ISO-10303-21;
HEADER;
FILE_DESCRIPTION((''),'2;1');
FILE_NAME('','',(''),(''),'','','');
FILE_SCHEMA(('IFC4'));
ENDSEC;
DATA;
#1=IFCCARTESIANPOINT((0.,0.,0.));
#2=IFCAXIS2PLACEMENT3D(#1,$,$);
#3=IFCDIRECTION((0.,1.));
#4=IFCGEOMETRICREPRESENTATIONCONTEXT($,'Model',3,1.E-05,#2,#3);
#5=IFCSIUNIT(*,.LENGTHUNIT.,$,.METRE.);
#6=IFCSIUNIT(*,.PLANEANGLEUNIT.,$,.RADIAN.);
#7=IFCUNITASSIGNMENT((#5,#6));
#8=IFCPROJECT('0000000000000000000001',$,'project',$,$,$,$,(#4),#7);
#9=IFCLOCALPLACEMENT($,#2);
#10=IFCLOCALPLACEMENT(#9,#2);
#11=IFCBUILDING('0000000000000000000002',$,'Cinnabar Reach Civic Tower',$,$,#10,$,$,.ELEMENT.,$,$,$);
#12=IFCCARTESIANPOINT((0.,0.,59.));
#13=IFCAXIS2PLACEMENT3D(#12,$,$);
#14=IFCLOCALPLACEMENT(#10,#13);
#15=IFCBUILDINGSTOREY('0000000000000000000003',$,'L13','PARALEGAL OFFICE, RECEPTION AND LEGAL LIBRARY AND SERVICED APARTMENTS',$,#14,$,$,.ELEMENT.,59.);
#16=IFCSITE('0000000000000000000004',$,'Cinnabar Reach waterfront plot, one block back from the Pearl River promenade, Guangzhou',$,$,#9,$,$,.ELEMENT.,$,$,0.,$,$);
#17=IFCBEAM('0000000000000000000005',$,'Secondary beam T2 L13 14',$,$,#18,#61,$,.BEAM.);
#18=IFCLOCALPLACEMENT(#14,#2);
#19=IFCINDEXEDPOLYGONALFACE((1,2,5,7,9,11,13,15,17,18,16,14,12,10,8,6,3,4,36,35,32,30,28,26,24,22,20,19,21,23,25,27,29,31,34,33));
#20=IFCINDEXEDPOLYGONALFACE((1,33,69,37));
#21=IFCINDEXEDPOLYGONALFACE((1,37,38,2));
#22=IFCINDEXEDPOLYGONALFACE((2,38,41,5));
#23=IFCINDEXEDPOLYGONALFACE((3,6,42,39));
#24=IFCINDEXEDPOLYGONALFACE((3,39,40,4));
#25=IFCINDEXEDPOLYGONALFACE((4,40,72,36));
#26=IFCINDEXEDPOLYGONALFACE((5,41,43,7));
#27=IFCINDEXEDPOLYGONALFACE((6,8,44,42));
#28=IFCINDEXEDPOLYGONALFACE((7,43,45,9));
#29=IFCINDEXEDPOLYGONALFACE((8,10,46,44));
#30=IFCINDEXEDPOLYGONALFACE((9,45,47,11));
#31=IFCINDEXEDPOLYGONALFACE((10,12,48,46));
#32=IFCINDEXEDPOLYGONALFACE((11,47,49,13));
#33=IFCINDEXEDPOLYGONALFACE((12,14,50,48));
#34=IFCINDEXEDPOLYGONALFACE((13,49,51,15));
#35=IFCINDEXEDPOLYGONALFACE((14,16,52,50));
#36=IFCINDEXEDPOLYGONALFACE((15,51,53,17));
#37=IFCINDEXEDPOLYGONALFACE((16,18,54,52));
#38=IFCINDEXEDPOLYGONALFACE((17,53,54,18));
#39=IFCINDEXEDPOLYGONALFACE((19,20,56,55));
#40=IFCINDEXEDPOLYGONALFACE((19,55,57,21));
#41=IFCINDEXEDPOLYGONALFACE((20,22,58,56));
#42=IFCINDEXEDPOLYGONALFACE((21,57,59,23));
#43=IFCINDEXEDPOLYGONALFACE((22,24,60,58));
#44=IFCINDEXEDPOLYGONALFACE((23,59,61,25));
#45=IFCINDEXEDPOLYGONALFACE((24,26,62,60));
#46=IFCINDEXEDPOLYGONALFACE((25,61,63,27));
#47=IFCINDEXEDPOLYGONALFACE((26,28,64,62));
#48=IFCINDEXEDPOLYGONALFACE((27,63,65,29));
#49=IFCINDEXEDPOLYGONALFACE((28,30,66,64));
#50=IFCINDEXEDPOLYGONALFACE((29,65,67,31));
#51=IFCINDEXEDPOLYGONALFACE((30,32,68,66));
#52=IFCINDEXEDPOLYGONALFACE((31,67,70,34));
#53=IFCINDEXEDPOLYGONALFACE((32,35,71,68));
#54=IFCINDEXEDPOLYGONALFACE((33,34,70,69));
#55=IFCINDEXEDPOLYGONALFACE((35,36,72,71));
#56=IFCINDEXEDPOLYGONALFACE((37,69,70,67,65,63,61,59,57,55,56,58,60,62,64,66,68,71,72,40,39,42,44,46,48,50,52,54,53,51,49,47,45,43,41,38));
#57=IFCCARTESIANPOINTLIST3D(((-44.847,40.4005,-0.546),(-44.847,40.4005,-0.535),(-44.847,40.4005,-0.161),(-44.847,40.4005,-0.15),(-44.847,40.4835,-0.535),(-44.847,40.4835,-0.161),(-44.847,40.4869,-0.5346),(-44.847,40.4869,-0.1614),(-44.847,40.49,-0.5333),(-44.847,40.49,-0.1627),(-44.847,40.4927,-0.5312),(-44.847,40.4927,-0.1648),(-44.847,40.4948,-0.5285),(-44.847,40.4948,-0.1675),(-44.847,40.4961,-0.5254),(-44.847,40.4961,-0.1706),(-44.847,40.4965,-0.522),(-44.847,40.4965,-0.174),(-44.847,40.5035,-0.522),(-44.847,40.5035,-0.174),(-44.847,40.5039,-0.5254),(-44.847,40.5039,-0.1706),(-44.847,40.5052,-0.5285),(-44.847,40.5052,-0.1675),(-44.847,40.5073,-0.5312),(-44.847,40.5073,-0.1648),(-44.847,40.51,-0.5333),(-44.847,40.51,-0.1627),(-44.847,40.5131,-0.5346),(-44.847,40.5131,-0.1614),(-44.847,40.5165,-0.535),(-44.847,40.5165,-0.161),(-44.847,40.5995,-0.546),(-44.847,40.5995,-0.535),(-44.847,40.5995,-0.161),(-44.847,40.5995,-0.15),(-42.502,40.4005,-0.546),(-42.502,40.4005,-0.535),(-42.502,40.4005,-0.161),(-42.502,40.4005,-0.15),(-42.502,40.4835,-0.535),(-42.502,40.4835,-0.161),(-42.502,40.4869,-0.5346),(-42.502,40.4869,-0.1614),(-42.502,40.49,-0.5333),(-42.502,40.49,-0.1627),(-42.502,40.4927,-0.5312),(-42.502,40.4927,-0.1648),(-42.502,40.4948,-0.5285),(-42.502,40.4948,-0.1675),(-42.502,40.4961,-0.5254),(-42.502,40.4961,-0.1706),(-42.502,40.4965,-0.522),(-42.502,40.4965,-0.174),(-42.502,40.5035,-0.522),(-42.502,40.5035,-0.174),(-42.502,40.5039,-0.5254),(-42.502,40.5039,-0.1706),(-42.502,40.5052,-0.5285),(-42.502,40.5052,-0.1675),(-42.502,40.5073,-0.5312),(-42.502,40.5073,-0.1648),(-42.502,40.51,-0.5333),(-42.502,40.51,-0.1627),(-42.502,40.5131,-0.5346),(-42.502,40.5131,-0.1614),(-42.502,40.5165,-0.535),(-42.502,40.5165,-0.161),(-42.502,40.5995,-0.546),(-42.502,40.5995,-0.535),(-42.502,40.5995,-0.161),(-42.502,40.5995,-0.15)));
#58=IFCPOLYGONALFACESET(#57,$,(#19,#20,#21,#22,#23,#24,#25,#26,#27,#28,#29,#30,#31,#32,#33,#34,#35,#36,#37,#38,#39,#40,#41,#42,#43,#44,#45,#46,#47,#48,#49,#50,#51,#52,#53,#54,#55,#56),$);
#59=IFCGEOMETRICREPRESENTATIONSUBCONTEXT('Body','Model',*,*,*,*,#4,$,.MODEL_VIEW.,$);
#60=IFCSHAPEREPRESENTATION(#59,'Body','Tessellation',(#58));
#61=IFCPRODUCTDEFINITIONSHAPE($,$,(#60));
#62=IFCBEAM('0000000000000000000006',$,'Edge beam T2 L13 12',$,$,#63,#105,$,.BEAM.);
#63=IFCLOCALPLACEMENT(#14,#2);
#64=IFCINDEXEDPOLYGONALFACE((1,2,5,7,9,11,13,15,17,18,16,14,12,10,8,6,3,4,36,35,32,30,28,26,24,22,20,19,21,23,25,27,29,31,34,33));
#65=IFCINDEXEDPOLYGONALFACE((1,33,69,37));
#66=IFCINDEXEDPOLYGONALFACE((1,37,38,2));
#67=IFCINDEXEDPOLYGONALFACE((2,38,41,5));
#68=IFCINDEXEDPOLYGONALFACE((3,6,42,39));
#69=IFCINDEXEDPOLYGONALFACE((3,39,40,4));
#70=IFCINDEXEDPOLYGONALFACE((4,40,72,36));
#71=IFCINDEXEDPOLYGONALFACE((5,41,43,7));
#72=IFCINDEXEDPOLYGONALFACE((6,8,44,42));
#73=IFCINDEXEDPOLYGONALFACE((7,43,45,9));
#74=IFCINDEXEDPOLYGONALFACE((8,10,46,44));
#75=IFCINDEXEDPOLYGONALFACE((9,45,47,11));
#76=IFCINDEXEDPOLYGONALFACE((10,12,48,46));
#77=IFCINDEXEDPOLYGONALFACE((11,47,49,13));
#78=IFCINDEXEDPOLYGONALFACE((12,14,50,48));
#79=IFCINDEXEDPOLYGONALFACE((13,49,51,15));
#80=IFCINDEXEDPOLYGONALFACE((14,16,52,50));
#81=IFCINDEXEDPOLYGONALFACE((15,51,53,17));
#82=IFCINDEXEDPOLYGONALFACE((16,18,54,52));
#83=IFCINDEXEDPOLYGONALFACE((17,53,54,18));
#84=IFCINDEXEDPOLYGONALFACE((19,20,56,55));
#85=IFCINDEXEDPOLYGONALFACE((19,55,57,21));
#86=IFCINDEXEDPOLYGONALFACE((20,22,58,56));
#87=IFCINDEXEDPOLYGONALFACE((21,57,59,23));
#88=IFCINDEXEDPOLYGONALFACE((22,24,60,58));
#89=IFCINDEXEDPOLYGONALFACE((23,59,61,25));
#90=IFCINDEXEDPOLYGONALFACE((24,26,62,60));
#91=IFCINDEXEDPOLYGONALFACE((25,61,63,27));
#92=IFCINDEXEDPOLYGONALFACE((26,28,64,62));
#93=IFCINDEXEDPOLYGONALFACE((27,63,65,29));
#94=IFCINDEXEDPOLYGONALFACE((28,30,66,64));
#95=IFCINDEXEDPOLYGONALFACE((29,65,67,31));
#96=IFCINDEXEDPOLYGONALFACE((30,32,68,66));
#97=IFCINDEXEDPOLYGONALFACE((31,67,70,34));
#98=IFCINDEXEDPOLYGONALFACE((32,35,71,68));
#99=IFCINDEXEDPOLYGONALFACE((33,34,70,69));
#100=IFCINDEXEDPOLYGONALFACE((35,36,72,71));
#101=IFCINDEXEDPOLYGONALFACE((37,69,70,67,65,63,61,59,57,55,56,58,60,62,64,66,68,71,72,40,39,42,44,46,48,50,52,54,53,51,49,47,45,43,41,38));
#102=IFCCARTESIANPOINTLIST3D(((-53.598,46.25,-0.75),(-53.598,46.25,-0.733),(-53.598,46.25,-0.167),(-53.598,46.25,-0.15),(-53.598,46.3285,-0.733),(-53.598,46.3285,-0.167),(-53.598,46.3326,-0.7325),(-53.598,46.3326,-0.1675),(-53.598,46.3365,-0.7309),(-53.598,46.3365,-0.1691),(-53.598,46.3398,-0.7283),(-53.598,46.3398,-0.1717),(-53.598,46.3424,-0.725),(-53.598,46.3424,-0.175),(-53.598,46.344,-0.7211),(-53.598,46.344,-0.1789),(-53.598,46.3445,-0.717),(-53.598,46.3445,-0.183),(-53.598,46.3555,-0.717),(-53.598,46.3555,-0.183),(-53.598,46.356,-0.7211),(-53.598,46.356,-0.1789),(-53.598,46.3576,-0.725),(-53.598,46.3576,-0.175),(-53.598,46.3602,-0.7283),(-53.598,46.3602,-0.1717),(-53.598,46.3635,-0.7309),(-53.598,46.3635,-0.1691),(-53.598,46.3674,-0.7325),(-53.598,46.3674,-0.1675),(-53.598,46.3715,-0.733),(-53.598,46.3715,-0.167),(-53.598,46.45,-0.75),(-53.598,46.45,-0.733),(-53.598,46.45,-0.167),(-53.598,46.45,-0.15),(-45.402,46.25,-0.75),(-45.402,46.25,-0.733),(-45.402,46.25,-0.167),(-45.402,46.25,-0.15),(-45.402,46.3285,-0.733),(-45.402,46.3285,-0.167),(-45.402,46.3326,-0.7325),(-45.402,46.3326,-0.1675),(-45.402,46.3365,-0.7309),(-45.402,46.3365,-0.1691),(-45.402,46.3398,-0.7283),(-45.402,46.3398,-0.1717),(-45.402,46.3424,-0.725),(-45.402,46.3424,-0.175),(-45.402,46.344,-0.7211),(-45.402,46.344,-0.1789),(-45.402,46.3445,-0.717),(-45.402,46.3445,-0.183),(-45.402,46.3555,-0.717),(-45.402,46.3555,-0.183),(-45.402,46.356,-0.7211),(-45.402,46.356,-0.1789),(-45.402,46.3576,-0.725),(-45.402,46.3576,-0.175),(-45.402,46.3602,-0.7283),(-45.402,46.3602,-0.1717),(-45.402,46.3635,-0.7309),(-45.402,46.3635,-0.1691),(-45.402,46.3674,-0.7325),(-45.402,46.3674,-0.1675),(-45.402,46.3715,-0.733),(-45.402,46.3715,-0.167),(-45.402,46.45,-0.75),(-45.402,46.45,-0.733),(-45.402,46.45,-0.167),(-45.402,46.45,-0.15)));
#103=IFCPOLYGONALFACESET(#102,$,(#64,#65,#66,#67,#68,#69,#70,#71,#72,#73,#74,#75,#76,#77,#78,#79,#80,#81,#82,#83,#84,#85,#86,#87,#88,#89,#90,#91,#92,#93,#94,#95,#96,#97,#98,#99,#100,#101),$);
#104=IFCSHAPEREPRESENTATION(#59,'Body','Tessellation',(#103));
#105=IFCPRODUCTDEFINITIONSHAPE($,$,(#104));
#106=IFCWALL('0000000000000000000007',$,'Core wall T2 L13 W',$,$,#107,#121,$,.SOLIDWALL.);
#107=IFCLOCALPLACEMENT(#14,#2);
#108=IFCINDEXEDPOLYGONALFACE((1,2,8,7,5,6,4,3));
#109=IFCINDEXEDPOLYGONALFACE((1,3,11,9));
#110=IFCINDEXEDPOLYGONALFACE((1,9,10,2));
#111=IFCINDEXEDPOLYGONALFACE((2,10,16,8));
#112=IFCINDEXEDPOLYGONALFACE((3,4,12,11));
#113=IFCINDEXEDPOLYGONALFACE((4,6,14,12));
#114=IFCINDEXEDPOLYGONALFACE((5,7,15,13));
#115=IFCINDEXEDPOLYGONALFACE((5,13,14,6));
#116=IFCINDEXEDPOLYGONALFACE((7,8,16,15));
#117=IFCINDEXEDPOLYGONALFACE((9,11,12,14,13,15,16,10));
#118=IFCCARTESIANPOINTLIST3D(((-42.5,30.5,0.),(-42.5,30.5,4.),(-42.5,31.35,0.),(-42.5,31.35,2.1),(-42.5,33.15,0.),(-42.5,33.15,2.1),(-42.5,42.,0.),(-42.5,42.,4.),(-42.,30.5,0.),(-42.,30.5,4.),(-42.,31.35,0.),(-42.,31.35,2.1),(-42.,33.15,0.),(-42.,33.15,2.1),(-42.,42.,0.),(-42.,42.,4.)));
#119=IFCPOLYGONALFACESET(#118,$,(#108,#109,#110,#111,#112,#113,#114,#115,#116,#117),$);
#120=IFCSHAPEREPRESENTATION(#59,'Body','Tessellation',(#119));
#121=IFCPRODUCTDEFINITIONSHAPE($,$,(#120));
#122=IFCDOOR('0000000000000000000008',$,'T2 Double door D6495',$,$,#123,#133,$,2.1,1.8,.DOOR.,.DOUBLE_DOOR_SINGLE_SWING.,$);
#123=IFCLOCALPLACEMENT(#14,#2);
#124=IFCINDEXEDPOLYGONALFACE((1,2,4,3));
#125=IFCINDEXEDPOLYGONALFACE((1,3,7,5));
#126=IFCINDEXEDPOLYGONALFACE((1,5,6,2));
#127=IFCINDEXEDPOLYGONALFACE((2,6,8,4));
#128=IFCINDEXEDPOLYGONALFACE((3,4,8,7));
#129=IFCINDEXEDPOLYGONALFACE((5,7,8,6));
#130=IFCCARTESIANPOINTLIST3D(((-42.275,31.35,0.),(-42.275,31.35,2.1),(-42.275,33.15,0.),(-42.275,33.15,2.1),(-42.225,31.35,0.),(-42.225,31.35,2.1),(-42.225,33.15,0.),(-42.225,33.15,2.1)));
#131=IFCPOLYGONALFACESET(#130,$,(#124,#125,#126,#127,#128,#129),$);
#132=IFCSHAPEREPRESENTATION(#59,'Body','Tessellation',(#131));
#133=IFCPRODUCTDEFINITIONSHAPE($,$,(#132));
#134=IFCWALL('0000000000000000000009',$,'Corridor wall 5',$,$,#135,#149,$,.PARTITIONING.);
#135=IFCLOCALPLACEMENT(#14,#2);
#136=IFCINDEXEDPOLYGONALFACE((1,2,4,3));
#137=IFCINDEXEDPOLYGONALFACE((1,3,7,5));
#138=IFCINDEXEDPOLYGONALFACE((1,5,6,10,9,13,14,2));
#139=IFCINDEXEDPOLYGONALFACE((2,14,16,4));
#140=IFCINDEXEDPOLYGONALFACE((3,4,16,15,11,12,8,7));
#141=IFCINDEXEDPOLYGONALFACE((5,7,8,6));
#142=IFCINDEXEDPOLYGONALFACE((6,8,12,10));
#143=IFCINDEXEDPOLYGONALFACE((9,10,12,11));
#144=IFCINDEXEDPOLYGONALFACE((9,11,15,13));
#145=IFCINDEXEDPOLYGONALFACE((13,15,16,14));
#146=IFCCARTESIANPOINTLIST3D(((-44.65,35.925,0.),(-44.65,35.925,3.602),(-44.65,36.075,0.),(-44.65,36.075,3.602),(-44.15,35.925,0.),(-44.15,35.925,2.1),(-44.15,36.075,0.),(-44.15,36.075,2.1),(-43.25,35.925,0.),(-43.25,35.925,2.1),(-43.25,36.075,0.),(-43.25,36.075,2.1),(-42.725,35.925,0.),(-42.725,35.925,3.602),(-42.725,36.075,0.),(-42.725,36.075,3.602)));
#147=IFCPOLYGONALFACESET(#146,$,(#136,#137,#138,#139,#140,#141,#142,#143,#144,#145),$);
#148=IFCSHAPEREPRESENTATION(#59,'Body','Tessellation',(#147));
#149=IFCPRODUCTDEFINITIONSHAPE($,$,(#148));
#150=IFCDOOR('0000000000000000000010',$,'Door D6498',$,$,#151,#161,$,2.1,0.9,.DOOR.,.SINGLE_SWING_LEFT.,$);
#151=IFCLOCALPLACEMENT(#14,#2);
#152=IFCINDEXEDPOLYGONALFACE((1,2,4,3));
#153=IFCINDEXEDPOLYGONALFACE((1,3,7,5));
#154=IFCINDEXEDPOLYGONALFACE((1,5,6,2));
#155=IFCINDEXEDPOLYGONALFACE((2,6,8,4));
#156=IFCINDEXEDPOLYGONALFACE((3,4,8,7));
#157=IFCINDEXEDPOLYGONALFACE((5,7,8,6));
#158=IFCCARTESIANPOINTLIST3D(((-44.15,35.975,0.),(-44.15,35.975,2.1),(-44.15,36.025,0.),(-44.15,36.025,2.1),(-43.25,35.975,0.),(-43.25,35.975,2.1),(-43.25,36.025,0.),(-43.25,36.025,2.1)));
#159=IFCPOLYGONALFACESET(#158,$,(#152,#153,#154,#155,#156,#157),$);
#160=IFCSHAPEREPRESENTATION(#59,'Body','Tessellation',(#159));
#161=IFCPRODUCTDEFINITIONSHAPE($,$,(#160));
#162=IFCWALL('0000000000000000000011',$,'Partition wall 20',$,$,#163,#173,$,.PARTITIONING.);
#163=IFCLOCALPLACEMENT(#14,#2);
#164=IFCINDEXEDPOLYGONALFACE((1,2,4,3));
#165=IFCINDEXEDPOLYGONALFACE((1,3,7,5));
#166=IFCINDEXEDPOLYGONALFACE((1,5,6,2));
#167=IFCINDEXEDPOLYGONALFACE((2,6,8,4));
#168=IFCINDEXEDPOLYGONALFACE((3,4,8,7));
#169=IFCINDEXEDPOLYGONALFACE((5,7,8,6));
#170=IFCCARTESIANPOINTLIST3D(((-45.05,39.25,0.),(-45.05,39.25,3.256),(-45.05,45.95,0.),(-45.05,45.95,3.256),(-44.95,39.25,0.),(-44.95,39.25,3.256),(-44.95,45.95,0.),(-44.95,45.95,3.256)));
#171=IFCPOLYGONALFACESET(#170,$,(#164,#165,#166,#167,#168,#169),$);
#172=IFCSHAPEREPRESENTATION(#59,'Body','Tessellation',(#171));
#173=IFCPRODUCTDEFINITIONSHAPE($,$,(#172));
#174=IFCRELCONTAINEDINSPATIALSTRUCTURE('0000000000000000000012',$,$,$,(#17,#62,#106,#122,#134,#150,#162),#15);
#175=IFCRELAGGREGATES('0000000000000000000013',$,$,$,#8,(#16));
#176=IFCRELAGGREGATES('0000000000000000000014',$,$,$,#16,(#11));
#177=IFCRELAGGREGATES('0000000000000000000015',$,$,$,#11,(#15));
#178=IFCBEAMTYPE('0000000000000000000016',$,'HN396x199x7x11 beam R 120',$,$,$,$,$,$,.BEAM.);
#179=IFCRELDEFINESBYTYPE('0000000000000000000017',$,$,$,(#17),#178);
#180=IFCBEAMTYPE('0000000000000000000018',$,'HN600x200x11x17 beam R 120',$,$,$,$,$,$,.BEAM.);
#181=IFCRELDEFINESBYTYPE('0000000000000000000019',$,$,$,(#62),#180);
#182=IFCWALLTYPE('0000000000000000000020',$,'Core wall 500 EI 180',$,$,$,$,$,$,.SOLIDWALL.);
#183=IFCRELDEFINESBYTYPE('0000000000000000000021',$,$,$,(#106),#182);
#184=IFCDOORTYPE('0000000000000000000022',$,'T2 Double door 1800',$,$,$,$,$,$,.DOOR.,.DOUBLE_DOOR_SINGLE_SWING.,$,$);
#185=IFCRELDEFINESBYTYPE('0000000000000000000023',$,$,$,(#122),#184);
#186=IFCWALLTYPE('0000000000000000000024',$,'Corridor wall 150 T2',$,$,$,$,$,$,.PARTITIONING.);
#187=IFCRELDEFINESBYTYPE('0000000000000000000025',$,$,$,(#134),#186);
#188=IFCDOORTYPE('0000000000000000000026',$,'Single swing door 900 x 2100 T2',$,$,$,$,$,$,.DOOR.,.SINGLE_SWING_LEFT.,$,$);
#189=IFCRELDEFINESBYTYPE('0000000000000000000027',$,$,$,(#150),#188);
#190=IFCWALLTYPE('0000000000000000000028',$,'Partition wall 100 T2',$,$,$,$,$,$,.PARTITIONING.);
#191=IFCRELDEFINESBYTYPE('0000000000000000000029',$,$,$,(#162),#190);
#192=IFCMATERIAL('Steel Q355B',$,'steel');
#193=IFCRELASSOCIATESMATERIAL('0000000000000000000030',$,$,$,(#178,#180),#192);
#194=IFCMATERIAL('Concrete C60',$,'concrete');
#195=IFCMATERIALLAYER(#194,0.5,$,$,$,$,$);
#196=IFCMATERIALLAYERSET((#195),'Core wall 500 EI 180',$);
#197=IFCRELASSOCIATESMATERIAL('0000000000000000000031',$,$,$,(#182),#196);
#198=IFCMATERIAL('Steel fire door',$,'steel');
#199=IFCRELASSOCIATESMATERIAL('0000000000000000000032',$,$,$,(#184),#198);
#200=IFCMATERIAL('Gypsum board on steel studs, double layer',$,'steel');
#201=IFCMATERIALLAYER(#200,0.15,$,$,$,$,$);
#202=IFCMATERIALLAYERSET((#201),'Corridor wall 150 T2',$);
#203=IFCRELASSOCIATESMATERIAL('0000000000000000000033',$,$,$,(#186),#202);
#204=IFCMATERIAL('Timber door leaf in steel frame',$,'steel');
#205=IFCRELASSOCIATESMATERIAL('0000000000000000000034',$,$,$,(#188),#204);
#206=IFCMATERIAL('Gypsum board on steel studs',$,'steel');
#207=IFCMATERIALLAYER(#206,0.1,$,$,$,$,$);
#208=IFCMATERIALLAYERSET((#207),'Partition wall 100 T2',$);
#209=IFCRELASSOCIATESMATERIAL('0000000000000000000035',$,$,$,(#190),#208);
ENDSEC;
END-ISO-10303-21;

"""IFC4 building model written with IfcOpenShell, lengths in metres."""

from ifc_helpers import new_model, si_unit, direction, frame, frame_2d, origin, origin_2d, place, context, subcontext, project, spatial, rectangle, i_section, extrude, material, layer, layer_set, material_profile, profile_set, type_object, element, fill, save


model = new_model("IFC4")

# Units and contexts
model_context = context("Model", 3, precision=1e-05, world=origin(), true_north=direction((0.0, 1.0)))
body_context = subcontext(model_context, "Body", "Model", "MODEL_VIEW")
ifc_project = project(units=[si_unit("LENGTHUNIT", "METRE"), si_unit("PLANEANGLEUNIT", "RADIAN")], contexts=[model_context])

# Site, building, storey
site_placement = place(None, origin())
site = spatial("IfcSite", under=ifc_project, at=site_placement, Name="Cinnabar Reach waterfront plot, one block back from the Pearl River promenade, Guangzhou", CompositionType="ELEMENT", RefElevation=0.0)
building_placement = place(site_placement, origin())
building = spatial("IfcBuilding", under=site, at=building_placement, Name="Cinnabar Reach Civic Tower", CompositionType="ELEMENT")
storey_placement = place(building_placement, frame((0.0, 0.0, 59.0)))
storey = spatial("IfcBuildingStorey", under=building, at=storey_placement, Name="L13", Description="PARALEGAL OFFICE, RECEPTION AND LEGAL LIBRARY AND SERVICED APARTMENTS", CompositionType="ELEMENT", Elevation=59.0)

# Shared definitions
ifc_material_1 = material(Name="Concrete C60", Category="concrete")

# Beams
ifc_material_2 = material(Name="Steel Q355B", Category="steel")
ifc_material_profile_1 = material_profile(ifc_material_2, i_section(OverallWidth=0.199, OverallDepth=0.396, WebThickness=0.007, FlangeThickness=0.011, FilletRadius=0.013, at=origin_2d()), Name="HN396x199x7x11")
ifc_profile_set_1 = profile_set([ifc_material_profile_1], Name="Steel Q355B")
beam_type_1 = type_object("IfcBeamType", Name="HN396x199x7x11 beam R 120", PredefinedType="BEAM", material=ifc_profile_set_1)
for number, where, z_axis, x_axis, name in (
    (1, (-44.847, 40.5, -0.348), (1.0, 0.0, 0.0), (0.0, 1.0, 0.0), "Secondary beam T2 L13 14"),
):
    element("IfcBeam", number, at=place(storey_placement, frame(where, z_axis=z_axis, x_axis=x_axis)), inside=storey, type_object=beam_type_1, Name=name, PredefinedType="BEAM", context=body_context, shape_type="SweptSolid", body=[
        extrude(i_section(OverallWidth=0.199, OverallDepth=0.396, WebThickness=0.007, FlangeThickness=0.011, FilletRadius=0.013, at=origin_2d()), origin(), (0.0, 0.0, 1.0), 2.345),
    ])
ifc_material_profile_2 = material_profile(ifc_material_2, i_section(OverallWidth=0.2, OverallDepth=0.6, WebThickness=0.011, FlangeThickness=0.017, FilletRadius=0.016, at=origin_2d()), Name="HN600x200x11x17")
ifc_profile_set_2 = profile_set([ifc_material_profile_2], Name="Steel Q355B")
beam_type_2 = type_object("IfcBeamType", Name="HN600x200x11x17 beam R 120", PredefinedType="BEAM", material=ifc_profile_set_2)
beam_1_placement = place(storey_placement, frame((-45.402, 46.35, -0.45), z_axis=(-1.0, 0.0, 0.0), x_axis=(0.0, -1.0, 0.0)))
element("IfcBeam", 2, at=beam_1_placement, inside=storey, type_object=beam_type_2, Name="Edge beam T2 L13 12", PredefinedType="BEAM", context=body_context, shape_type="SweptSolid", body=[
    extrude(i_section(OverallWidth=0.2, OverallDepth=0.6, WebThickness=0.011, FlangeThickness=0.017, FilletRadius=0.016, at=origin_2d()), origin(), (0.0, 0.0, 1.0), 8.196),
])

# Walls, openings, doors
ifc_layer_1 = layer(ifc_material_1, 0.5)
ifc_layer_set_1 = layer_set([ifc_layer_1], Name="Core wall 500 EI 180")
wall_type_1 = type_object("IfcWallType", Name="Core wall 500 EI 180", PredefinedType="SOLIDWALL", material=ifc_layer_set_1)
wall_1_placement = place(storey_placement, frame((-42.25, 42.0, 0.0), z_axis=(0.0, 0.0, 1.0), x_axis=(0.0, -1.0, 0.0)))
wall_1 = element("IfcWall", 3, at=wall_1_placement, inside=storey, type_object=wall_type_1, Name="Core wall T2 L13 W", PredefinedType="SOLIDWALL", context=body_context, shape_type="SweptSolid", body=[
    extrude(rectangle(XDim=11.5, YDim=0.5, at=frame_2d((5.75, 0.0))), origin(), (0.0, 0.0, 1.0), 4.0),
])
opening_1_placement = place(wall_1_placement, frame((8.85, 0.0, 0.0)))
opening_1 = element("IfcOpeningElement", 4, at=opening_1_placement, cuts=wall_1, PredefinedType="OPENING", context=body_context, shape_type="SweptSolid", body=[
    extrude(rectangle(XDim=1.8, YDim=2.1, at=frame_2d((0.9, 1.05))), frame((0.0, 0.26, 0.0), z_axis=(0.0, -1.0, 0.0), x_axis=(1.0, 0.0, 0.0)), (0.0, 0.0, 1.0), 0.52),
])
ifc_material_3 = material(Name="Steel fire door", Category="steel")
door_type_1 = type_object("IfcDoorType", Name="T2 Double door 1800", OperationType="DOUBLE_DOOR_SINGLE_SWING", PredefinedType="DOOR", material=ifc_material_3)
door_1_placement = place(opening_1_placement, frame((1.8, 0.0, 0.0), z_axis=(0.0, 0.0, 1.0), x_axis=(-1.0, 0.0, 0.0)))
door_1 = element("IfcDoor", 5, at=door_1_placement, inside=storey, type_object=door_type_1, Name="T2 Double door D6495", OperationType="DOUBLE_DOOR_SINGLE_SWING", OverallHeight=2.1, OverallWidth=1.8, PredefinedType="DOOR", context=body_context, shape_type="SweptSolid", body=[
    extrude(rectangle(XDim=1.8, YDim=2.1, at=frame_2d((0.9, 1.05))), frame((0.0, 0.025, 0.0), z_axis=(0.0, -1.0, 0.0), x_axis=(1.0, 0.0, 0.0)), (0.0, 0.0, 1.0), 0.05),
])
fill(opening_1, door_1)
ifc_material_4 = material(Name="Gypsum board on steel studs, double layer", Category="steel")
ifc_layer_2 = layer(ifc_material_4, 0.15)
ifc_layer_set_2 = layer_set([ifc_layer_2], Name="Corridor wall 150 T2")
wall_type_2 = type_object("IfcWallType", Name="Corridor wall 150 T2", PredefinedType="PARTITIONING", material=ifc_layer_set_2)
wall_2_placement = place(storey_placement, frame((-44.65, 36.0, 0.0), z_axis=(0.0, 0.0, 1.0), x_axis=(1.0, 0.0, 0.0)))
wall_2 = element("IfcWall", 6, at=wall_2_placement, inside=storey, type_object=wall_type_2, Name="Corridor wall 5", PredefinedType="PARTITIONING", context=body_context, shape_type="SweptSolid", body=[
    extrude(rectangle(XDim=1.925, YDim=0.15, at=frame_2d((0.9625, 0.0))), origin(), (0.0, 0.0, 1.0), 3.602),
])
opening_2_placement = place(wall_2_placement, frame((0.5, 0.0, 0.0)))
opening_2 = element("IfcOpeningElement", 7, at=opening_2_placement, cuts=wall_2, PredefinedType="OPENING", context=body_context, shape_type="SweptSolid", body=[
    extrude(rectangle(XDim=0.9, YDim=2.1, at=frame_2d((0.45, 1.05))), frame((0.0, 0.085, 0.0), z_axis=(0.0, -1.0, 0.0), x_axis=(1.0, 0.0, 0.0)), (0.0, 0.0, 1.0), 0.17),
])
ifc_material_5 = material(Name="Timber door leaf in steel frame", Category="steel")
door_type_2 = type_object("IfcDoorType", Name="Single swing door 900 x 2100 T2", OperationType="SINGLE_SWING_LEFT", PredefinedType="DOOR", material=ifc_material_5)
door_2_placement = place(opening_2_placement, origin())
door_2 = element("IfcDoor", 8, at=door_2_placement, inside=storey, type_object=door_type_2, Name="Door D6498", OperationType="SINGLE_SWING_LEFT", OverallHeight=2.1, OverallWidth=0.9, PredefinedType="DOOR", context=body_context, shape_type="SweptSolid", body=[
    extrude(rectangle(XDim=0.9, YDim=2.1, at=frame_2d((0.45, 1.05))), frame((0.0, 0.025, 0.0), z_axis=(0.0, -1.0, 0.0), x_axis=(1.0, 0.0, 0.0)), (0.0, 0.0, 1.0), 0.05),
])
fill(opening_2, door_2)

# Wall
ifc_material_6 = material(Name="Gypsum board on steel studs", Category="steel")
ifc_layer_3 = layer(ifc_material_6, 0.1)
ifc_layer_set_3 = layer_set([ifc_layer_3], Name="Partition wall 100 T2")
wall_type_3 = type_object("IfcWallType", Name="Partition wall 100 T2", PredefinedType="PARTITIONING", material=ifc_layer_set_3)
wall_3_placement = place(storey_placement, frame((-45.0, 39.25, 0.0), z_axis=(0.0, 0.0, 1.0), x_axis=(0.0, 1.0, 0.0)))
element("IfcWall", 9, at=wall_3_placement, inside=storey, type_object=wall_type_3, Name="Partition wall 20", PredefinedType="PARTITIONING", context=body_context, shape_type="SweptSolid", body=[
    extrude(rectangle(XDim=6.7, YDim=0.1, at=frame_2d((3.35, 0.0))), origin(), (0.0, 0.0, 1.0), 3.256),
])

save(model, "model.ifc")
